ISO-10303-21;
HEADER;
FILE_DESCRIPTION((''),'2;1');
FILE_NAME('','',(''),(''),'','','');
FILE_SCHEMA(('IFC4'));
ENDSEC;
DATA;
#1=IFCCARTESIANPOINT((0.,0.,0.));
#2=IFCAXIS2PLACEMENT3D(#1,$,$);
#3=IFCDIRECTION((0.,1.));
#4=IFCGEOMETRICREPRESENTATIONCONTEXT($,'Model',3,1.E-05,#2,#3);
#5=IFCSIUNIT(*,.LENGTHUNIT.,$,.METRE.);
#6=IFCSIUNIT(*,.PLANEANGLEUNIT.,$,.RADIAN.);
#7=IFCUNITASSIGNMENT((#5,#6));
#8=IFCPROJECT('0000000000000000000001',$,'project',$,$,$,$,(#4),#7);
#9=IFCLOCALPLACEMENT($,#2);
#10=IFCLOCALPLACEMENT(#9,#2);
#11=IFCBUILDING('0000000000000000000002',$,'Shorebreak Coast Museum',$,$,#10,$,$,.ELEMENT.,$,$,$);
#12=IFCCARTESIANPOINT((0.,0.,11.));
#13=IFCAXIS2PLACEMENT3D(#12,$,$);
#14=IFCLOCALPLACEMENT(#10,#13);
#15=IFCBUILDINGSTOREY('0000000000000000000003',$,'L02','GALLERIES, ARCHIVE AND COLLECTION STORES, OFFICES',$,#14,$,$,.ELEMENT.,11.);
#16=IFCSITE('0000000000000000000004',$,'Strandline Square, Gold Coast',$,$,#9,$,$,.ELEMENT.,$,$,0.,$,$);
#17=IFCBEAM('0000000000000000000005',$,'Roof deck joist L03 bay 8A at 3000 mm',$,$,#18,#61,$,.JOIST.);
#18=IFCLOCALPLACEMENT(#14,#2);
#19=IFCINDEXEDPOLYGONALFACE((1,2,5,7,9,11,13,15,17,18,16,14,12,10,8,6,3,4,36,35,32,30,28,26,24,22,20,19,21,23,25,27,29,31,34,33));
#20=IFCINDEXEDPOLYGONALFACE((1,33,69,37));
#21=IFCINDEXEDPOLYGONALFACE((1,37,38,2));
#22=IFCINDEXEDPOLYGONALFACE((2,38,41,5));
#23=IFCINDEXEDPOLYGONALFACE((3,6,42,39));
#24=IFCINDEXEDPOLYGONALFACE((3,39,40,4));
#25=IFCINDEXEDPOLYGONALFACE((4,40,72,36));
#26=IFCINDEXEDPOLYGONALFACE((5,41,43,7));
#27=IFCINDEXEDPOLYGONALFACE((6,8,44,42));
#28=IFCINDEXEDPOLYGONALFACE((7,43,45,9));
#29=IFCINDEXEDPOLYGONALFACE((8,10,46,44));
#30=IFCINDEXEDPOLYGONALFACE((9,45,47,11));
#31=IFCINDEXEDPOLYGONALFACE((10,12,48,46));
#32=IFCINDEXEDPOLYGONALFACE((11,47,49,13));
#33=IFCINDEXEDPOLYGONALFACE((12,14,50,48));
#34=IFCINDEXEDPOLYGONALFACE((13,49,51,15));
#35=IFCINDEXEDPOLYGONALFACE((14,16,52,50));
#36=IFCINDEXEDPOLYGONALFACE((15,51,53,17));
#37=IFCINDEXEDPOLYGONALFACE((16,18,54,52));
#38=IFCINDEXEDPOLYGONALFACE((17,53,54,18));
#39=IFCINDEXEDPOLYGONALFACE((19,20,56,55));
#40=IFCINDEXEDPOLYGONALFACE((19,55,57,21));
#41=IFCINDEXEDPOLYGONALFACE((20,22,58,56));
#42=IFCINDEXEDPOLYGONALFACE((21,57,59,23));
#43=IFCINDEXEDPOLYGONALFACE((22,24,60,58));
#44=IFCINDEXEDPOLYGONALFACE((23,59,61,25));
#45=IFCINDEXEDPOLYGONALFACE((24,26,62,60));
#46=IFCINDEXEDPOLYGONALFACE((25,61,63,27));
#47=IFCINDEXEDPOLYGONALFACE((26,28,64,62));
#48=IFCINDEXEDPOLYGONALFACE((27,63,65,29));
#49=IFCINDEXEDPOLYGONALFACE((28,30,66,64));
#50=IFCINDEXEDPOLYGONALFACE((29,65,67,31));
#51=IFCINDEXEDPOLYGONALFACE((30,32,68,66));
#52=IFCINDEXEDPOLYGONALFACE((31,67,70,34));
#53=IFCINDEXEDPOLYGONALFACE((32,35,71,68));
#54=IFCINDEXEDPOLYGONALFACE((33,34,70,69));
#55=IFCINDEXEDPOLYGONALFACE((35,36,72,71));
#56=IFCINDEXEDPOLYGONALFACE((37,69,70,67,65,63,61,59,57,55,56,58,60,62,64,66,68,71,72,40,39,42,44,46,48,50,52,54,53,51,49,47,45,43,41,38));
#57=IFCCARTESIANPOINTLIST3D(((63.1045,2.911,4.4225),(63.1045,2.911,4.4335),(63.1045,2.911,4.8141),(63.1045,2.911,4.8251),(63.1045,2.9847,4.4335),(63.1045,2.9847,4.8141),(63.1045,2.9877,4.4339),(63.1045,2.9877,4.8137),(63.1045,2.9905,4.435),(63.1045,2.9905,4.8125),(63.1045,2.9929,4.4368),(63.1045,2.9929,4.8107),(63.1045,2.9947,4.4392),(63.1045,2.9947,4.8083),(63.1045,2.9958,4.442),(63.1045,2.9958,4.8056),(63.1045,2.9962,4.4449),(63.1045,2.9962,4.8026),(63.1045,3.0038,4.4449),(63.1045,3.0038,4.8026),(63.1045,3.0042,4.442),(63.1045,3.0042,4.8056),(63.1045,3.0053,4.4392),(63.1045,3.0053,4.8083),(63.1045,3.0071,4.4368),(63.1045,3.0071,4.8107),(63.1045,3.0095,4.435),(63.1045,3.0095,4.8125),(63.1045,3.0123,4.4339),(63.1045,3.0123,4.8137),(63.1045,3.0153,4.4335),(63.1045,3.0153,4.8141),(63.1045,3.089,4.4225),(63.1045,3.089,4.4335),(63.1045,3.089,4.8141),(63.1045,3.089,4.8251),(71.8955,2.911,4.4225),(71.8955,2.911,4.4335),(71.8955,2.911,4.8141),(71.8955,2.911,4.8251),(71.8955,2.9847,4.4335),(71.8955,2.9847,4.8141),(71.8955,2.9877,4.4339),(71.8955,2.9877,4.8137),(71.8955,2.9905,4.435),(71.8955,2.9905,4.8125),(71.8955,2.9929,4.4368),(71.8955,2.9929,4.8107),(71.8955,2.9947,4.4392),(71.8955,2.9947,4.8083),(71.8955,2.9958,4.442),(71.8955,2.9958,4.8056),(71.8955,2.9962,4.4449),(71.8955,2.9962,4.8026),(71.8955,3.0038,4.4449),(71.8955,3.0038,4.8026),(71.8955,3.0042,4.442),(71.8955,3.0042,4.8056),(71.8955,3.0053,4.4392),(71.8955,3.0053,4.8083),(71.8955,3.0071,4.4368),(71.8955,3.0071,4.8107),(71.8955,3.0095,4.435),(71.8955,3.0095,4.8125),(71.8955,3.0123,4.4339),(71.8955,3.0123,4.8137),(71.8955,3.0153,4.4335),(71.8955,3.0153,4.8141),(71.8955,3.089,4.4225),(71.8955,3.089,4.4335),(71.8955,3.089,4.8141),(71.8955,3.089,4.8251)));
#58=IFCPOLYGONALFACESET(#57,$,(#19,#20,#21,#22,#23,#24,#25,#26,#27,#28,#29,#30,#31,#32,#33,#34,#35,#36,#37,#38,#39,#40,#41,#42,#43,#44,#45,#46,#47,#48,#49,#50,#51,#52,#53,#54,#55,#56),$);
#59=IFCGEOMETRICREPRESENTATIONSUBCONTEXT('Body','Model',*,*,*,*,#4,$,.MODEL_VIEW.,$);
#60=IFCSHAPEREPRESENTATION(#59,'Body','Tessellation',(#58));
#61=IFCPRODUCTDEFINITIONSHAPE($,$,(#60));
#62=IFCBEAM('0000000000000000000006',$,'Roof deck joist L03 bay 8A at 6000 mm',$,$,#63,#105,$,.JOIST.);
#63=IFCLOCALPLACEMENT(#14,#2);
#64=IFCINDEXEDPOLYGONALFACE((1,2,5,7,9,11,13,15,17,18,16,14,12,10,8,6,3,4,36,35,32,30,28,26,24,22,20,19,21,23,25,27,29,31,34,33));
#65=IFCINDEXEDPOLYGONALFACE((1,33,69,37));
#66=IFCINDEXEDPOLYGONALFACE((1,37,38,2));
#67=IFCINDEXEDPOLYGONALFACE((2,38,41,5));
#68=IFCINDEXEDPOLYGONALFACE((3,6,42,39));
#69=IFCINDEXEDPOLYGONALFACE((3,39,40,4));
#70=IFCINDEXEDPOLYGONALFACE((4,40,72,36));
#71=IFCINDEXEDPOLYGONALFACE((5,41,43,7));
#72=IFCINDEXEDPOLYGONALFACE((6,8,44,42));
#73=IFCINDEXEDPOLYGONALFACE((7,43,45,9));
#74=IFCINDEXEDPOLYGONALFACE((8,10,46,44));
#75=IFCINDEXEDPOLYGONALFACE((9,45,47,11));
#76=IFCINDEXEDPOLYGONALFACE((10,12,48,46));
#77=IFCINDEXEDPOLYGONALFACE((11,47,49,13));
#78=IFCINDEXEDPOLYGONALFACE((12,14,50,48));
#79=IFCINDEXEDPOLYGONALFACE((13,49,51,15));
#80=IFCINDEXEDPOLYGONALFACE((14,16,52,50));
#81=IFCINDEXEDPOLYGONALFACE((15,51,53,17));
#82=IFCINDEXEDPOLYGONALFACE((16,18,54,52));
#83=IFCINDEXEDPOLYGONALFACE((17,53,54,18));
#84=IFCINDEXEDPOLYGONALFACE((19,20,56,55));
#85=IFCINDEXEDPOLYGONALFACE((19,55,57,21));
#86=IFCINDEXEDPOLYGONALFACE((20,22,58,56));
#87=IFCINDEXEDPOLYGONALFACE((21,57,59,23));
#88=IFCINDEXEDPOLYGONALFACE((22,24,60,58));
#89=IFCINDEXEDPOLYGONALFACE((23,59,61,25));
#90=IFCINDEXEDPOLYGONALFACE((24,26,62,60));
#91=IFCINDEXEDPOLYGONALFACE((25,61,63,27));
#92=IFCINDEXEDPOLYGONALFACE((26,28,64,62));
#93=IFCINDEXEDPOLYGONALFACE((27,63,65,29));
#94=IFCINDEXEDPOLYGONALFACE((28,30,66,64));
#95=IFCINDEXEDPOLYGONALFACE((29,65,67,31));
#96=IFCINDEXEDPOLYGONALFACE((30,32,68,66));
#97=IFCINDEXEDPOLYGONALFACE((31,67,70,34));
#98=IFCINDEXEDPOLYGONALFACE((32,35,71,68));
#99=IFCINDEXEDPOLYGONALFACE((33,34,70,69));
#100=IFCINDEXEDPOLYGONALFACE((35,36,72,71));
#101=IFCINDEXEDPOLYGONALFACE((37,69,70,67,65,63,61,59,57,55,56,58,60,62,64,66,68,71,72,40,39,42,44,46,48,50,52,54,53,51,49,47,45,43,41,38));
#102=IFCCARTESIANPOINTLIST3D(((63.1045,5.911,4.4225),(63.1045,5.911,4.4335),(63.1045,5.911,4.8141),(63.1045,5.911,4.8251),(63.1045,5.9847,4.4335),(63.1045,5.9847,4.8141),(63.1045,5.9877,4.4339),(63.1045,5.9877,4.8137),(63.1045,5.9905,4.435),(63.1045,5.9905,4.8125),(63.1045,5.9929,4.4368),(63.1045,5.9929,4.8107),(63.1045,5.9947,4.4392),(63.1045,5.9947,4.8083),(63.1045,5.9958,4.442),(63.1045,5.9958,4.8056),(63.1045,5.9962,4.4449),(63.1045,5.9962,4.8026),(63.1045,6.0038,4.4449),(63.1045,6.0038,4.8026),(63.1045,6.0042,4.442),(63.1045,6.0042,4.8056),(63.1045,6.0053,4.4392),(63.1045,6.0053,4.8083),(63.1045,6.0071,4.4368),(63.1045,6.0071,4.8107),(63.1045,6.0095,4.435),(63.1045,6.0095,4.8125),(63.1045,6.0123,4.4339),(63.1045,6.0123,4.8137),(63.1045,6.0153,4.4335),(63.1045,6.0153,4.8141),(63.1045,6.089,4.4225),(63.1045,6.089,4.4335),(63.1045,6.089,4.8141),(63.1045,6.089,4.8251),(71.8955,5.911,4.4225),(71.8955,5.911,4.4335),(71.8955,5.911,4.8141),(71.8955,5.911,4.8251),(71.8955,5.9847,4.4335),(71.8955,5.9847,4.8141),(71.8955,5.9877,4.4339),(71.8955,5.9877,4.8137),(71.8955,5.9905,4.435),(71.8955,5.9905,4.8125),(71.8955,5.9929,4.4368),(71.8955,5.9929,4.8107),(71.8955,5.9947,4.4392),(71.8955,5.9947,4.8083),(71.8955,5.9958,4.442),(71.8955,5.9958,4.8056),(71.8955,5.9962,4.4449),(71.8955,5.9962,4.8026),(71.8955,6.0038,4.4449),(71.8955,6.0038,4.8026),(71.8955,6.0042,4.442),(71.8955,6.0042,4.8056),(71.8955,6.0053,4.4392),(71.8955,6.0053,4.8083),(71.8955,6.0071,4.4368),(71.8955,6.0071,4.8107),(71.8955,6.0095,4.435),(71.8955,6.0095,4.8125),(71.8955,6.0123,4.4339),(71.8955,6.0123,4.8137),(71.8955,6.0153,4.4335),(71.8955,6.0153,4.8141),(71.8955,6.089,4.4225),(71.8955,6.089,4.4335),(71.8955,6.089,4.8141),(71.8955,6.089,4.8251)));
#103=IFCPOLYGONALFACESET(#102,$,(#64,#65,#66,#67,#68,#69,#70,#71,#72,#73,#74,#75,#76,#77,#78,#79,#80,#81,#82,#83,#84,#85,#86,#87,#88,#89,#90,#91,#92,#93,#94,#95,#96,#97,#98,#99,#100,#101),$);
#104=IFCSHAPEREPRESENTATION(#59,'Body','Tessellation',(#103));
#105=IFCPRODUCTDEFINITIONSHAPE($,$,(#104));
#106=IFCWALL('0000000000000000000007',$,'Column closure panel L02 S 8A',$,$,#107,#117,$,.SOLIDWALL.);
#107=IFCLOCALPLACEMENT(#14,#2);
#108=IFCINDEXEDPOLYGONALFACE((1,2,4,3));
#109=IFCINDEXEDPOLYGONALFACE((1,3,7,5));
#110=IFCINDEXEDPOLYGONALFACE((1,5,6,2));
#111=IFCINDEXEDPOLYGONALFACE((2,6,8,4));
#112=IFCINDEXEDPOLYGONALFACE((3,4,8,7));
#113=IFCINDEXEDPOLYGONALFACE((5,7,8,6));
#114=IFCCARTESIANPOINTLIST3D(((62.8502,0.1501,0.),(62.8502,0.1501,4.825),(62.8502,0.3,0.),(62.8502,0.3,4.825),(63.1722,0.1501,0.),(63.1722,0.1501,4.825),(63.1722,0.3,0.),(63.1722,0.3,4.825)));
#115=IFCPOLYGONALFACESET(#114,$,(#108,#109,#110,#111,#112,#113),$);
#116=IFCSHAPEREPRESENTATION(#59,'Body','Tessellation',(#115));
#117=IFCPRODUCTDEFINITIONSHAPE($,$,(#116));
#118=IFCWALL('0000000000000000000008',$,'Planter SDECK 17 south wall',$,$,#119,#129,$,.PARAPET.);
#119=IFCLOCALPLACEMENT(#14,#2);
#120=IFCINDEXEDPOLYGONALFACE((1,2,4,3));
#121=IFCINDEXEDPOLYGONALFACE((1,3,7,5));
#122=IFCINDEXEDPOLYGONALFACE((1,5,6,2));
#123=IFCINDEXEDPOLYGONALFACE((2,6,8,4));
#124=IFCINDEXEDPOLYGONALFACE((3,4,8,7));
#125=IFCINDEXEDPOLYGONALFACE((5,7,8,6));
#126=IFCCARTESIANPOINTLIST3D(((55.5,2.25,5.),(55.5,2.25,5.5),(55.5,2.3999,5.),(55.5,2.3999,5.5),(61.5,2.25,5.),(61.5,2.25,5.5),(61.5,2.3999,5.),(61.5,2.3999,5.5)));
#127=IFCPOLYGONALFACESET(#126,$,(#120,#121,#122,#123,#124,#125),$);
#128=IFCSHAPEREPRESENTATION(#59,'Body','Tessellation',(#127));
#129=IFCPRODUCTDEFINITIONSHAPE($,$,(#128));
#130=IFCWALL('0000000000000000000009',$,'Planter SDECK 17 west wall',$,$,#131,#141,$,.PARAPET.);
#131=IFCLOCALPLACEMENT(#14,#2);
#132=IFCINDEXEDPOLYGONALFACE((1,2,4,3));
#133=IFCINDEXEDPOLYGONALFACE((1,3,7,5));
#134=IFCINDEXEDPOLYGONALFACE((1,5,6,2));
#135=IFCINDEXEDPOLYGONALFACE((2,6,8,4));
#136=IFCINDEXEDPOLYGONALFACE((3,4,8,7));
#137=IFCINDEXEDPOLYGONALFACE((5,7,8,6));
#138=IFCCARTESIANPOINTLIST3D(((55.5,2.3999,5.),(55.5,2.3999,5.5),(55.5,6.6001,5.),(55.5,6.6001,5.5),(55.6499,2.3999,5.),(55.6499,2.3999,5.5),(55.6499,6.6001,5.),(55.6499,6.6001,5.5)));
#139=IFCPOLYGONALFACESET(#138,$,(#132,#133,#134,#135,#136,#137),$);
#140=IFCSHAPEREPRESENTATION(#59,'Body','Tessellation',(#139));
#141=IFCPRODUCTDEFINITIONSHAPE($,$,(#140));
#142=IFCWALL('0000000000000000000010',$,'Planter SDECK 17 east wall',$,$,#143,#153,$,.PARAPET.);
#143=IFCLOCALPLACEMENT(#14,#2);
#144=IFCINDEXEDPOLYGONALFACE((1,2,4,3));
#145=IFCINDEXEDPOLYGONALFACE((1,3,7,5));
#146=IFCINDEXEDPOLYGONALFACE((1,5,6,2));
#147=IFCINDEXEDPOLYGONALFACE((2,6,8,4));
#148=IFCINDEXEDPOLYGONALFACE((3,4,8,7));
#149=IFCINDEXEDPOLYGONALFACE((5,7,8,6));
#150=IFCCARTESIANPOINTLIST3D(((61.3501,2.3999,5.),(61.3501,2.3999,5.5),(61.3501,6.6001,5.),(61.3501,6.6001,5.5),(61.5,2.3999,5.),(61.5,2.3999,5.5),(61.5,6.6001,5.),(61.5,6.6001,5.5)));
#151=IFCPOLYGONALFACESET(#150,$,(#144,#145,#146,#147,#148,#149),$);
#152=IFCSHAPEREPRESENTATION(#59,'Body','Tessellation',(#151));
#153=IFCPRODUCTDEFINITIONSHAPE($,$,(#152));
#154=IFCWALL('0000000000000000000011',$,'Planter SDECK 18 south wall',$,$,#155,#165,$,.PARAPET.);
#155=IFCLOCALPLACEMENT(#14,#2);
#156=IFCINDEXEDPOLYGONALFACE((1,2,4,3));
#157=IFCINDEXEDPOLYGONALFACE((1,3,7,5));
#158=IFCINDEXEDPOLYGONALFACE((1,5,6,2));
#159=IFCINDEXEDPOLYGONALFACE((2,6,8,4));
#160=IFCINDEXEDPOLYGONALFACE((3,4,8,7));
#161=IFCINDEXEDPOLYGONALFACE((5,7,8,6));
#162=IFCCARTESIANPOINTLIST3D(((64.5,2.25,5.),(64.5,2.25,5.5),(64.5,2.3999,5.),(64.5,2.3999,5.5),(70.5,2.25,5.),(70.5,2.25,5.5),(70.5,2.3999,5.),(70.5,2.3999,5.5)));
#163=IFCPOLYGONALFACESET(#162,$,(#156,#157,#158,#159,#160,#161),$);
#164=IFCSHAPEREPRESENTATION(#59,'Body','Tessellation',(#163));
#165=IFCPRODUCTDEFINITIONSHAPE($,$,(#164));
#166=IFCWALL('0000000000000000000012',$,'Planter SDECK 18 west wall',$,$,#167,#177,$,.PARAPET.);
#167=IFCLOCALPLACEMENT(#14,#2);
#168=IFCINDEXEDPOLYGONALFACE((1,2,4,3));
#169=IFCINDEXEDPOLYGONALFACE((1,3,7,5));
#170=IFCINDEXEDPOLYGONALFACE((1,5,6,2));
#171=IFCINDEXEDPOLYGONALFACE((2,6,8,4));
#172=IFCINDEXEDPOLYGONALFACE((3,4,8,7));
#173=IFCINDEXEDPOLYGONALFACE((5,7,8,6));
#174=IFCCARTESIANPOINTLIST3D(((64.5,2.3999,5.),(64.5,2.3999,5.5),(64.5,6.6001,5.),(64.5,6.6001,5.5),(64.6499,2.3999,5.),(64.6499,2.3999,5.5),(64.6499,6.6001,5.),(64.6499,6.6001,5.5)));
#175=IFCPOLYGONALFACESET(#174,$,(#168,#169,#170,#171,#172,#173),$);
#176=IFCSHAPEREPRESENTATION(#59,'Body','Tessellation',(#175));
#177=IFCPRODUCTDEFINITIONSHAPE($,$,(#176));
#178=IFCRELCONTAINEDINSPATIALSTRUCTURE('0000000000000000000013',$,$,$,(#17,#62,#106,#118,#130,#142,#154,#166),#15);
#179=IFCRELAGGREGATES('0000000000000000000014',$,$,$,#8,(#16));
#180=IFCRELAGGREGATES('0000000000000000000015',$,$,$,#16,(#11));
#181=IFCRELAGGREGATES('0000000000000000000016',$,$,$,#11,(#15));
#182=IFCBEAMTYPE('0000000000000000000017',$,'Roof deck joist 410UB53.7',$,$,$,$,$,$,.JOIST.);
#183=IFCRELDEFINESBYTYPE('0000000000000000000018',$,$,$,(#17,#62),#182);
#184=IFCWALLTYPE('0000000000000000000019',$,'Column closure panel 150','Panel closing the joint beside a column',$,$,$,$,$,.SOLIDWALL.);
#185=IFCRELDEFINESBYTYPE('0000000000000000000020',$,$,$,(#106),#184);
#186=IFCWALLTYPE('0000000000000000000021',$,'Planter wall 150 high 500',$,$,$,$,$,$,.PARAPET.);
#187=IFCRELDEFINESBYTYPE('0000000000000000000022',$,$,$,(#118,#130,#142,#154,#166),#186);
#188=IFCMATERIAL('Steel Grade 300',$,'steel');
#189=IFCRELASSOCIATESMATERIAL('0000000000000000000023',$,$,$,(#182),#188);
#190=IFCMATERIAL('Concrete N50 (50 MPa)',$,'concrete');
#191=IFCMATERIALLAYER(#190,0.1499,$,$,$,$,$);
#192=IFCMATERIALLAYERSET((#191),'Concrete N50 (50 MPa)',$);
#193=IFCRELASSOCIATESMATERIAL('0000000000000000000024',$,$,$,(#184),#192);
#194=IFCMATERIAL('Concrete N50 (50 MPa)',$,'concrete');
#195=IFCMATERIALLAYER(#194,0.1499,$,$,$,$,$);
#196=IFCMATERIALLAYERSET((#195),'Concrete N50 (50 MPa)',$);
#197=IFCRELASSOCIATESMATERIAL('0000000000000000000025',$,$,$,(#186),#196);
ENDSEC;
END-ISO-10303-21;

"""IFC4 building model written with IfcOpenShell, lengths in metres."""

from ifc_helpers import new_model, si_unit, direction, frame, frame_2d, origin, origin_2d, place, context, subcontext, project, spatial, rectangle, i_section, extrude, material, layer, layer_set, material_profile, profile_set, type_object, element, save


model = new_model("IFC4")

# Units and contexts
model_context = context("Model", 3, precision=1e-05, world=origin(), true_north=direction((0.0, 1.0)))
body_context = subcontext(model_context, "Body", "Model", "MODEL_VIEW")
ifc_project = project(units=[si_unit("LENGTHUNIT", "METRE"), si_unit("PLANEANGLEUNIT", "RADIAN")], contexts=[model_context])

# Site, building, storey
site_placement = place(None, origin())
site = spatial("IfcSite", under=ifc_project, at=site_placement, Name="Strandline Square, Gold Coast", CompositionType="ELEMENT", RefElevation=0.0)
building_placement = place(site_placement, origin())
building = spatial("IfcBuilding", under=site, at=building_placement, Name="Shorebreak Coast Museum", CompositionType="ELEMENT")
storey_placement = place(building_placement, frame((0.0, 0.0, 11.0)))
storey = spatial("IfcBuildingStorey", under=building, at=storey_placement, Name="L02", Description="GALLERIES, ARCHIVE AND COLLECTION STORES, OFFICES", CompositionType="ELEMENT", Elevation=11.0)

# Beams
ifc_material_1 = material(Name="Steel Grade 300", Category="steel")
ifc_material_profile_1 = material_profile(ifc_material_1, i_section(OverallWidth=0.178, OverallDepth=0.4026, WebThickness=0.0076, FlangeThickness=0.011, FilletRadius=0.0115, at=origin_2d()), Name="410UB53.7")
ifc_profile_set_1 = profile_set([ifc_material_profile_1], Name="Steel Grade 300")
beam_type_1 = type_object("IfcBeamType", Name="Roof deck joist 410UB53.7", PredefinedType="JOIST", material=ifc_profile_set_1)
for number, where, z_axis, x_axis, name in (
    (1, (63.1045, 3.0, 4.6238), (1.0, 0.0, 0.0), (0.0, 1.0, 0.0), "Roof deck joist L03 bay 8A at 3000 mm"),
    (2, (63.1045, 6.0, 4.6238), (1.0, 0.0, 0.0), (0.0, 1.0, 0.0), "Roof deck joist L03 bay 8A at 6000 mm"),
):
    element("IfcBeam", number, at=place(storey_placement, frame(where, z_axis=z_axis, x_axis=x_axis)), inside=storey, type_object=beam_type_1, Name=name, PredefinedType="JOIST", context=body_context, shape_type="SweptSolid", body=[
        extrude(i_section(OverallWidth=0.178, OverallDepth=0.4026, WebThickness=0.0076, FlangeThickness=0.011, FilletRadius=0.0115, at=origin_2d()), origin(), (0.0, 0.0, 1.0), 8.791),
    ])

# Walls
ifc_material_2 = material(Name="Concrete N50 (50 MPa)", Category="concrete")
ifc_layer_1 = layer(ifc_material_2, 0.1499)
ifc_layer_set_1 = layer_set([ifc_layer_1], Name="Concrete N50 (50 MPa)")
wall_type_1 = type_object("IfcWallType", Name="Column closure panel 150", Description="Panel closing the joint beside a column", PredefinedType="SOLIDWALL", material=ifc_layer_set_1)
wall_1_placement = place(storey_placement, frame((62.8501, 0.2251, 0.0), z_axis=(0.0, 0.0, 1.0), x_axis=(1.0, 0.0, 0.0)))
element("IfcWall", 3, at=wall_1_placement, inside=storey, type_object=wall_type_1, Name="Column closure panel L02 S 8A", PredefinedType="SOLIDWALL", context=body_context, shape_type="SweptSolid", body=[
    extrude(rectangle(XDim=0.322, YDim=0.1499, at=frame_2d((0.1611, 0.0))), origin(), (0.0, 0.0, 1.0), 4.825),
])
ifc_material_3 = material(Name="Concrete N50 (50 MPa)", Category="concrete")
ifc_layer_2 = layer(ifc_material_3, 0.1499)
ifc_layer_set_2 = layer_set([ifc_layer_2], Name="Concrete N50 (50 MPa)")
wall_type_2 = type_object("IfcWallType", Name="Planter wall 150 high 500", PredefinedType="PARAPET", material=ifc_layer_set_2)
wall_2_placement = place(storey_placement, frame((55.5, 2.325, 5.0), z_axis=(0.0, 0.0, 1.0), x_axis=(1.0, 0.0, 0.0)))
element("IfcWall", 4, at=wall_2_placement, inside=storey, type_object=wall_type_2, Name="Planter SDECK 17 south wall", PredefinedType="PARAPET", context=body_context, shape_type="SweptSolid", body=[
    extrude(rectangle(XDim=6.0, YDim=0.1499, at=frame_2d((3.0, 0.0))), origin(), (0.0, 0.0, 1.0), 0.5),
])
for number, where, z_axis, x_axis, name in (
    (5, (55.575, 2.3999, 5.0), (0.0, 0.0, 1.0), (0.0, 1.0, 0.0), "Planter SDECK 17 west wall"),
    (6, (61.425, 2.3999, 5.0), (0.0, 0.0, 1.0), (0.0, 1.0, 0.0), "Planter SDECK 17 east wall"),
):
    element("IfcWall", number, at=place(storey_placement, frame(where, z_axis=z_axis, x_axis=x_axis)), inside=storey, type_object=wall_type_2, Name=name, PredefinedType="PARAPET", context=body_context, shape_type="SweptSolid", body=[
        extrude(rectangle(XDim=4.2002, YDim=0.1499, at=frame_2d((2.1001, 0.0))), origin(), (0.0, 0.0, 1.0), 0.5),
    ])
wall_3_placement = place(storey_placement, frame((64.5, 2.325, 5.0), z_axis=(0.0, 0.0, 1.0), x_axis=(1.0, 0.0, 0.0)))
element("IfcWall", 7, at=wall_3_placement, inside=storey, type_object=wall_type_2, Name="Planter SDECK 18 south wall", PredefinedType="PARAPET", context=body_context, shape_type="SweptSolid", body=[
    extrude(rectangle(XDim=6.0, YDim=0.1499, at=frame_2d((3.0, 0.0))), origin(), (0.0, 0.0, 1.0), 0.5),
])
wall_4_placement = place(storey_placement, frame((64.575, 2.3999, 5.0), z_axis=(0.0, 0.0, 1.0), x_axis=(0.0, 1.0, 0.0)))
element("IfcWall", 8, at=wall_4_placement, inside=storey, type_object=wall_type_2, Name="Planter SDECK 18 west wall", PredefinedType="PARAPET", context=body_context, shape_type="SweptSolid", body=[
    extrude(rectangle(XDim=4.2002, YDim=0.1499, at=frame_2d((2.1001, 0.0))), origin(), (0.0, 0.0, 1.0), 0.5),
])

save(model, "model.ifc")
